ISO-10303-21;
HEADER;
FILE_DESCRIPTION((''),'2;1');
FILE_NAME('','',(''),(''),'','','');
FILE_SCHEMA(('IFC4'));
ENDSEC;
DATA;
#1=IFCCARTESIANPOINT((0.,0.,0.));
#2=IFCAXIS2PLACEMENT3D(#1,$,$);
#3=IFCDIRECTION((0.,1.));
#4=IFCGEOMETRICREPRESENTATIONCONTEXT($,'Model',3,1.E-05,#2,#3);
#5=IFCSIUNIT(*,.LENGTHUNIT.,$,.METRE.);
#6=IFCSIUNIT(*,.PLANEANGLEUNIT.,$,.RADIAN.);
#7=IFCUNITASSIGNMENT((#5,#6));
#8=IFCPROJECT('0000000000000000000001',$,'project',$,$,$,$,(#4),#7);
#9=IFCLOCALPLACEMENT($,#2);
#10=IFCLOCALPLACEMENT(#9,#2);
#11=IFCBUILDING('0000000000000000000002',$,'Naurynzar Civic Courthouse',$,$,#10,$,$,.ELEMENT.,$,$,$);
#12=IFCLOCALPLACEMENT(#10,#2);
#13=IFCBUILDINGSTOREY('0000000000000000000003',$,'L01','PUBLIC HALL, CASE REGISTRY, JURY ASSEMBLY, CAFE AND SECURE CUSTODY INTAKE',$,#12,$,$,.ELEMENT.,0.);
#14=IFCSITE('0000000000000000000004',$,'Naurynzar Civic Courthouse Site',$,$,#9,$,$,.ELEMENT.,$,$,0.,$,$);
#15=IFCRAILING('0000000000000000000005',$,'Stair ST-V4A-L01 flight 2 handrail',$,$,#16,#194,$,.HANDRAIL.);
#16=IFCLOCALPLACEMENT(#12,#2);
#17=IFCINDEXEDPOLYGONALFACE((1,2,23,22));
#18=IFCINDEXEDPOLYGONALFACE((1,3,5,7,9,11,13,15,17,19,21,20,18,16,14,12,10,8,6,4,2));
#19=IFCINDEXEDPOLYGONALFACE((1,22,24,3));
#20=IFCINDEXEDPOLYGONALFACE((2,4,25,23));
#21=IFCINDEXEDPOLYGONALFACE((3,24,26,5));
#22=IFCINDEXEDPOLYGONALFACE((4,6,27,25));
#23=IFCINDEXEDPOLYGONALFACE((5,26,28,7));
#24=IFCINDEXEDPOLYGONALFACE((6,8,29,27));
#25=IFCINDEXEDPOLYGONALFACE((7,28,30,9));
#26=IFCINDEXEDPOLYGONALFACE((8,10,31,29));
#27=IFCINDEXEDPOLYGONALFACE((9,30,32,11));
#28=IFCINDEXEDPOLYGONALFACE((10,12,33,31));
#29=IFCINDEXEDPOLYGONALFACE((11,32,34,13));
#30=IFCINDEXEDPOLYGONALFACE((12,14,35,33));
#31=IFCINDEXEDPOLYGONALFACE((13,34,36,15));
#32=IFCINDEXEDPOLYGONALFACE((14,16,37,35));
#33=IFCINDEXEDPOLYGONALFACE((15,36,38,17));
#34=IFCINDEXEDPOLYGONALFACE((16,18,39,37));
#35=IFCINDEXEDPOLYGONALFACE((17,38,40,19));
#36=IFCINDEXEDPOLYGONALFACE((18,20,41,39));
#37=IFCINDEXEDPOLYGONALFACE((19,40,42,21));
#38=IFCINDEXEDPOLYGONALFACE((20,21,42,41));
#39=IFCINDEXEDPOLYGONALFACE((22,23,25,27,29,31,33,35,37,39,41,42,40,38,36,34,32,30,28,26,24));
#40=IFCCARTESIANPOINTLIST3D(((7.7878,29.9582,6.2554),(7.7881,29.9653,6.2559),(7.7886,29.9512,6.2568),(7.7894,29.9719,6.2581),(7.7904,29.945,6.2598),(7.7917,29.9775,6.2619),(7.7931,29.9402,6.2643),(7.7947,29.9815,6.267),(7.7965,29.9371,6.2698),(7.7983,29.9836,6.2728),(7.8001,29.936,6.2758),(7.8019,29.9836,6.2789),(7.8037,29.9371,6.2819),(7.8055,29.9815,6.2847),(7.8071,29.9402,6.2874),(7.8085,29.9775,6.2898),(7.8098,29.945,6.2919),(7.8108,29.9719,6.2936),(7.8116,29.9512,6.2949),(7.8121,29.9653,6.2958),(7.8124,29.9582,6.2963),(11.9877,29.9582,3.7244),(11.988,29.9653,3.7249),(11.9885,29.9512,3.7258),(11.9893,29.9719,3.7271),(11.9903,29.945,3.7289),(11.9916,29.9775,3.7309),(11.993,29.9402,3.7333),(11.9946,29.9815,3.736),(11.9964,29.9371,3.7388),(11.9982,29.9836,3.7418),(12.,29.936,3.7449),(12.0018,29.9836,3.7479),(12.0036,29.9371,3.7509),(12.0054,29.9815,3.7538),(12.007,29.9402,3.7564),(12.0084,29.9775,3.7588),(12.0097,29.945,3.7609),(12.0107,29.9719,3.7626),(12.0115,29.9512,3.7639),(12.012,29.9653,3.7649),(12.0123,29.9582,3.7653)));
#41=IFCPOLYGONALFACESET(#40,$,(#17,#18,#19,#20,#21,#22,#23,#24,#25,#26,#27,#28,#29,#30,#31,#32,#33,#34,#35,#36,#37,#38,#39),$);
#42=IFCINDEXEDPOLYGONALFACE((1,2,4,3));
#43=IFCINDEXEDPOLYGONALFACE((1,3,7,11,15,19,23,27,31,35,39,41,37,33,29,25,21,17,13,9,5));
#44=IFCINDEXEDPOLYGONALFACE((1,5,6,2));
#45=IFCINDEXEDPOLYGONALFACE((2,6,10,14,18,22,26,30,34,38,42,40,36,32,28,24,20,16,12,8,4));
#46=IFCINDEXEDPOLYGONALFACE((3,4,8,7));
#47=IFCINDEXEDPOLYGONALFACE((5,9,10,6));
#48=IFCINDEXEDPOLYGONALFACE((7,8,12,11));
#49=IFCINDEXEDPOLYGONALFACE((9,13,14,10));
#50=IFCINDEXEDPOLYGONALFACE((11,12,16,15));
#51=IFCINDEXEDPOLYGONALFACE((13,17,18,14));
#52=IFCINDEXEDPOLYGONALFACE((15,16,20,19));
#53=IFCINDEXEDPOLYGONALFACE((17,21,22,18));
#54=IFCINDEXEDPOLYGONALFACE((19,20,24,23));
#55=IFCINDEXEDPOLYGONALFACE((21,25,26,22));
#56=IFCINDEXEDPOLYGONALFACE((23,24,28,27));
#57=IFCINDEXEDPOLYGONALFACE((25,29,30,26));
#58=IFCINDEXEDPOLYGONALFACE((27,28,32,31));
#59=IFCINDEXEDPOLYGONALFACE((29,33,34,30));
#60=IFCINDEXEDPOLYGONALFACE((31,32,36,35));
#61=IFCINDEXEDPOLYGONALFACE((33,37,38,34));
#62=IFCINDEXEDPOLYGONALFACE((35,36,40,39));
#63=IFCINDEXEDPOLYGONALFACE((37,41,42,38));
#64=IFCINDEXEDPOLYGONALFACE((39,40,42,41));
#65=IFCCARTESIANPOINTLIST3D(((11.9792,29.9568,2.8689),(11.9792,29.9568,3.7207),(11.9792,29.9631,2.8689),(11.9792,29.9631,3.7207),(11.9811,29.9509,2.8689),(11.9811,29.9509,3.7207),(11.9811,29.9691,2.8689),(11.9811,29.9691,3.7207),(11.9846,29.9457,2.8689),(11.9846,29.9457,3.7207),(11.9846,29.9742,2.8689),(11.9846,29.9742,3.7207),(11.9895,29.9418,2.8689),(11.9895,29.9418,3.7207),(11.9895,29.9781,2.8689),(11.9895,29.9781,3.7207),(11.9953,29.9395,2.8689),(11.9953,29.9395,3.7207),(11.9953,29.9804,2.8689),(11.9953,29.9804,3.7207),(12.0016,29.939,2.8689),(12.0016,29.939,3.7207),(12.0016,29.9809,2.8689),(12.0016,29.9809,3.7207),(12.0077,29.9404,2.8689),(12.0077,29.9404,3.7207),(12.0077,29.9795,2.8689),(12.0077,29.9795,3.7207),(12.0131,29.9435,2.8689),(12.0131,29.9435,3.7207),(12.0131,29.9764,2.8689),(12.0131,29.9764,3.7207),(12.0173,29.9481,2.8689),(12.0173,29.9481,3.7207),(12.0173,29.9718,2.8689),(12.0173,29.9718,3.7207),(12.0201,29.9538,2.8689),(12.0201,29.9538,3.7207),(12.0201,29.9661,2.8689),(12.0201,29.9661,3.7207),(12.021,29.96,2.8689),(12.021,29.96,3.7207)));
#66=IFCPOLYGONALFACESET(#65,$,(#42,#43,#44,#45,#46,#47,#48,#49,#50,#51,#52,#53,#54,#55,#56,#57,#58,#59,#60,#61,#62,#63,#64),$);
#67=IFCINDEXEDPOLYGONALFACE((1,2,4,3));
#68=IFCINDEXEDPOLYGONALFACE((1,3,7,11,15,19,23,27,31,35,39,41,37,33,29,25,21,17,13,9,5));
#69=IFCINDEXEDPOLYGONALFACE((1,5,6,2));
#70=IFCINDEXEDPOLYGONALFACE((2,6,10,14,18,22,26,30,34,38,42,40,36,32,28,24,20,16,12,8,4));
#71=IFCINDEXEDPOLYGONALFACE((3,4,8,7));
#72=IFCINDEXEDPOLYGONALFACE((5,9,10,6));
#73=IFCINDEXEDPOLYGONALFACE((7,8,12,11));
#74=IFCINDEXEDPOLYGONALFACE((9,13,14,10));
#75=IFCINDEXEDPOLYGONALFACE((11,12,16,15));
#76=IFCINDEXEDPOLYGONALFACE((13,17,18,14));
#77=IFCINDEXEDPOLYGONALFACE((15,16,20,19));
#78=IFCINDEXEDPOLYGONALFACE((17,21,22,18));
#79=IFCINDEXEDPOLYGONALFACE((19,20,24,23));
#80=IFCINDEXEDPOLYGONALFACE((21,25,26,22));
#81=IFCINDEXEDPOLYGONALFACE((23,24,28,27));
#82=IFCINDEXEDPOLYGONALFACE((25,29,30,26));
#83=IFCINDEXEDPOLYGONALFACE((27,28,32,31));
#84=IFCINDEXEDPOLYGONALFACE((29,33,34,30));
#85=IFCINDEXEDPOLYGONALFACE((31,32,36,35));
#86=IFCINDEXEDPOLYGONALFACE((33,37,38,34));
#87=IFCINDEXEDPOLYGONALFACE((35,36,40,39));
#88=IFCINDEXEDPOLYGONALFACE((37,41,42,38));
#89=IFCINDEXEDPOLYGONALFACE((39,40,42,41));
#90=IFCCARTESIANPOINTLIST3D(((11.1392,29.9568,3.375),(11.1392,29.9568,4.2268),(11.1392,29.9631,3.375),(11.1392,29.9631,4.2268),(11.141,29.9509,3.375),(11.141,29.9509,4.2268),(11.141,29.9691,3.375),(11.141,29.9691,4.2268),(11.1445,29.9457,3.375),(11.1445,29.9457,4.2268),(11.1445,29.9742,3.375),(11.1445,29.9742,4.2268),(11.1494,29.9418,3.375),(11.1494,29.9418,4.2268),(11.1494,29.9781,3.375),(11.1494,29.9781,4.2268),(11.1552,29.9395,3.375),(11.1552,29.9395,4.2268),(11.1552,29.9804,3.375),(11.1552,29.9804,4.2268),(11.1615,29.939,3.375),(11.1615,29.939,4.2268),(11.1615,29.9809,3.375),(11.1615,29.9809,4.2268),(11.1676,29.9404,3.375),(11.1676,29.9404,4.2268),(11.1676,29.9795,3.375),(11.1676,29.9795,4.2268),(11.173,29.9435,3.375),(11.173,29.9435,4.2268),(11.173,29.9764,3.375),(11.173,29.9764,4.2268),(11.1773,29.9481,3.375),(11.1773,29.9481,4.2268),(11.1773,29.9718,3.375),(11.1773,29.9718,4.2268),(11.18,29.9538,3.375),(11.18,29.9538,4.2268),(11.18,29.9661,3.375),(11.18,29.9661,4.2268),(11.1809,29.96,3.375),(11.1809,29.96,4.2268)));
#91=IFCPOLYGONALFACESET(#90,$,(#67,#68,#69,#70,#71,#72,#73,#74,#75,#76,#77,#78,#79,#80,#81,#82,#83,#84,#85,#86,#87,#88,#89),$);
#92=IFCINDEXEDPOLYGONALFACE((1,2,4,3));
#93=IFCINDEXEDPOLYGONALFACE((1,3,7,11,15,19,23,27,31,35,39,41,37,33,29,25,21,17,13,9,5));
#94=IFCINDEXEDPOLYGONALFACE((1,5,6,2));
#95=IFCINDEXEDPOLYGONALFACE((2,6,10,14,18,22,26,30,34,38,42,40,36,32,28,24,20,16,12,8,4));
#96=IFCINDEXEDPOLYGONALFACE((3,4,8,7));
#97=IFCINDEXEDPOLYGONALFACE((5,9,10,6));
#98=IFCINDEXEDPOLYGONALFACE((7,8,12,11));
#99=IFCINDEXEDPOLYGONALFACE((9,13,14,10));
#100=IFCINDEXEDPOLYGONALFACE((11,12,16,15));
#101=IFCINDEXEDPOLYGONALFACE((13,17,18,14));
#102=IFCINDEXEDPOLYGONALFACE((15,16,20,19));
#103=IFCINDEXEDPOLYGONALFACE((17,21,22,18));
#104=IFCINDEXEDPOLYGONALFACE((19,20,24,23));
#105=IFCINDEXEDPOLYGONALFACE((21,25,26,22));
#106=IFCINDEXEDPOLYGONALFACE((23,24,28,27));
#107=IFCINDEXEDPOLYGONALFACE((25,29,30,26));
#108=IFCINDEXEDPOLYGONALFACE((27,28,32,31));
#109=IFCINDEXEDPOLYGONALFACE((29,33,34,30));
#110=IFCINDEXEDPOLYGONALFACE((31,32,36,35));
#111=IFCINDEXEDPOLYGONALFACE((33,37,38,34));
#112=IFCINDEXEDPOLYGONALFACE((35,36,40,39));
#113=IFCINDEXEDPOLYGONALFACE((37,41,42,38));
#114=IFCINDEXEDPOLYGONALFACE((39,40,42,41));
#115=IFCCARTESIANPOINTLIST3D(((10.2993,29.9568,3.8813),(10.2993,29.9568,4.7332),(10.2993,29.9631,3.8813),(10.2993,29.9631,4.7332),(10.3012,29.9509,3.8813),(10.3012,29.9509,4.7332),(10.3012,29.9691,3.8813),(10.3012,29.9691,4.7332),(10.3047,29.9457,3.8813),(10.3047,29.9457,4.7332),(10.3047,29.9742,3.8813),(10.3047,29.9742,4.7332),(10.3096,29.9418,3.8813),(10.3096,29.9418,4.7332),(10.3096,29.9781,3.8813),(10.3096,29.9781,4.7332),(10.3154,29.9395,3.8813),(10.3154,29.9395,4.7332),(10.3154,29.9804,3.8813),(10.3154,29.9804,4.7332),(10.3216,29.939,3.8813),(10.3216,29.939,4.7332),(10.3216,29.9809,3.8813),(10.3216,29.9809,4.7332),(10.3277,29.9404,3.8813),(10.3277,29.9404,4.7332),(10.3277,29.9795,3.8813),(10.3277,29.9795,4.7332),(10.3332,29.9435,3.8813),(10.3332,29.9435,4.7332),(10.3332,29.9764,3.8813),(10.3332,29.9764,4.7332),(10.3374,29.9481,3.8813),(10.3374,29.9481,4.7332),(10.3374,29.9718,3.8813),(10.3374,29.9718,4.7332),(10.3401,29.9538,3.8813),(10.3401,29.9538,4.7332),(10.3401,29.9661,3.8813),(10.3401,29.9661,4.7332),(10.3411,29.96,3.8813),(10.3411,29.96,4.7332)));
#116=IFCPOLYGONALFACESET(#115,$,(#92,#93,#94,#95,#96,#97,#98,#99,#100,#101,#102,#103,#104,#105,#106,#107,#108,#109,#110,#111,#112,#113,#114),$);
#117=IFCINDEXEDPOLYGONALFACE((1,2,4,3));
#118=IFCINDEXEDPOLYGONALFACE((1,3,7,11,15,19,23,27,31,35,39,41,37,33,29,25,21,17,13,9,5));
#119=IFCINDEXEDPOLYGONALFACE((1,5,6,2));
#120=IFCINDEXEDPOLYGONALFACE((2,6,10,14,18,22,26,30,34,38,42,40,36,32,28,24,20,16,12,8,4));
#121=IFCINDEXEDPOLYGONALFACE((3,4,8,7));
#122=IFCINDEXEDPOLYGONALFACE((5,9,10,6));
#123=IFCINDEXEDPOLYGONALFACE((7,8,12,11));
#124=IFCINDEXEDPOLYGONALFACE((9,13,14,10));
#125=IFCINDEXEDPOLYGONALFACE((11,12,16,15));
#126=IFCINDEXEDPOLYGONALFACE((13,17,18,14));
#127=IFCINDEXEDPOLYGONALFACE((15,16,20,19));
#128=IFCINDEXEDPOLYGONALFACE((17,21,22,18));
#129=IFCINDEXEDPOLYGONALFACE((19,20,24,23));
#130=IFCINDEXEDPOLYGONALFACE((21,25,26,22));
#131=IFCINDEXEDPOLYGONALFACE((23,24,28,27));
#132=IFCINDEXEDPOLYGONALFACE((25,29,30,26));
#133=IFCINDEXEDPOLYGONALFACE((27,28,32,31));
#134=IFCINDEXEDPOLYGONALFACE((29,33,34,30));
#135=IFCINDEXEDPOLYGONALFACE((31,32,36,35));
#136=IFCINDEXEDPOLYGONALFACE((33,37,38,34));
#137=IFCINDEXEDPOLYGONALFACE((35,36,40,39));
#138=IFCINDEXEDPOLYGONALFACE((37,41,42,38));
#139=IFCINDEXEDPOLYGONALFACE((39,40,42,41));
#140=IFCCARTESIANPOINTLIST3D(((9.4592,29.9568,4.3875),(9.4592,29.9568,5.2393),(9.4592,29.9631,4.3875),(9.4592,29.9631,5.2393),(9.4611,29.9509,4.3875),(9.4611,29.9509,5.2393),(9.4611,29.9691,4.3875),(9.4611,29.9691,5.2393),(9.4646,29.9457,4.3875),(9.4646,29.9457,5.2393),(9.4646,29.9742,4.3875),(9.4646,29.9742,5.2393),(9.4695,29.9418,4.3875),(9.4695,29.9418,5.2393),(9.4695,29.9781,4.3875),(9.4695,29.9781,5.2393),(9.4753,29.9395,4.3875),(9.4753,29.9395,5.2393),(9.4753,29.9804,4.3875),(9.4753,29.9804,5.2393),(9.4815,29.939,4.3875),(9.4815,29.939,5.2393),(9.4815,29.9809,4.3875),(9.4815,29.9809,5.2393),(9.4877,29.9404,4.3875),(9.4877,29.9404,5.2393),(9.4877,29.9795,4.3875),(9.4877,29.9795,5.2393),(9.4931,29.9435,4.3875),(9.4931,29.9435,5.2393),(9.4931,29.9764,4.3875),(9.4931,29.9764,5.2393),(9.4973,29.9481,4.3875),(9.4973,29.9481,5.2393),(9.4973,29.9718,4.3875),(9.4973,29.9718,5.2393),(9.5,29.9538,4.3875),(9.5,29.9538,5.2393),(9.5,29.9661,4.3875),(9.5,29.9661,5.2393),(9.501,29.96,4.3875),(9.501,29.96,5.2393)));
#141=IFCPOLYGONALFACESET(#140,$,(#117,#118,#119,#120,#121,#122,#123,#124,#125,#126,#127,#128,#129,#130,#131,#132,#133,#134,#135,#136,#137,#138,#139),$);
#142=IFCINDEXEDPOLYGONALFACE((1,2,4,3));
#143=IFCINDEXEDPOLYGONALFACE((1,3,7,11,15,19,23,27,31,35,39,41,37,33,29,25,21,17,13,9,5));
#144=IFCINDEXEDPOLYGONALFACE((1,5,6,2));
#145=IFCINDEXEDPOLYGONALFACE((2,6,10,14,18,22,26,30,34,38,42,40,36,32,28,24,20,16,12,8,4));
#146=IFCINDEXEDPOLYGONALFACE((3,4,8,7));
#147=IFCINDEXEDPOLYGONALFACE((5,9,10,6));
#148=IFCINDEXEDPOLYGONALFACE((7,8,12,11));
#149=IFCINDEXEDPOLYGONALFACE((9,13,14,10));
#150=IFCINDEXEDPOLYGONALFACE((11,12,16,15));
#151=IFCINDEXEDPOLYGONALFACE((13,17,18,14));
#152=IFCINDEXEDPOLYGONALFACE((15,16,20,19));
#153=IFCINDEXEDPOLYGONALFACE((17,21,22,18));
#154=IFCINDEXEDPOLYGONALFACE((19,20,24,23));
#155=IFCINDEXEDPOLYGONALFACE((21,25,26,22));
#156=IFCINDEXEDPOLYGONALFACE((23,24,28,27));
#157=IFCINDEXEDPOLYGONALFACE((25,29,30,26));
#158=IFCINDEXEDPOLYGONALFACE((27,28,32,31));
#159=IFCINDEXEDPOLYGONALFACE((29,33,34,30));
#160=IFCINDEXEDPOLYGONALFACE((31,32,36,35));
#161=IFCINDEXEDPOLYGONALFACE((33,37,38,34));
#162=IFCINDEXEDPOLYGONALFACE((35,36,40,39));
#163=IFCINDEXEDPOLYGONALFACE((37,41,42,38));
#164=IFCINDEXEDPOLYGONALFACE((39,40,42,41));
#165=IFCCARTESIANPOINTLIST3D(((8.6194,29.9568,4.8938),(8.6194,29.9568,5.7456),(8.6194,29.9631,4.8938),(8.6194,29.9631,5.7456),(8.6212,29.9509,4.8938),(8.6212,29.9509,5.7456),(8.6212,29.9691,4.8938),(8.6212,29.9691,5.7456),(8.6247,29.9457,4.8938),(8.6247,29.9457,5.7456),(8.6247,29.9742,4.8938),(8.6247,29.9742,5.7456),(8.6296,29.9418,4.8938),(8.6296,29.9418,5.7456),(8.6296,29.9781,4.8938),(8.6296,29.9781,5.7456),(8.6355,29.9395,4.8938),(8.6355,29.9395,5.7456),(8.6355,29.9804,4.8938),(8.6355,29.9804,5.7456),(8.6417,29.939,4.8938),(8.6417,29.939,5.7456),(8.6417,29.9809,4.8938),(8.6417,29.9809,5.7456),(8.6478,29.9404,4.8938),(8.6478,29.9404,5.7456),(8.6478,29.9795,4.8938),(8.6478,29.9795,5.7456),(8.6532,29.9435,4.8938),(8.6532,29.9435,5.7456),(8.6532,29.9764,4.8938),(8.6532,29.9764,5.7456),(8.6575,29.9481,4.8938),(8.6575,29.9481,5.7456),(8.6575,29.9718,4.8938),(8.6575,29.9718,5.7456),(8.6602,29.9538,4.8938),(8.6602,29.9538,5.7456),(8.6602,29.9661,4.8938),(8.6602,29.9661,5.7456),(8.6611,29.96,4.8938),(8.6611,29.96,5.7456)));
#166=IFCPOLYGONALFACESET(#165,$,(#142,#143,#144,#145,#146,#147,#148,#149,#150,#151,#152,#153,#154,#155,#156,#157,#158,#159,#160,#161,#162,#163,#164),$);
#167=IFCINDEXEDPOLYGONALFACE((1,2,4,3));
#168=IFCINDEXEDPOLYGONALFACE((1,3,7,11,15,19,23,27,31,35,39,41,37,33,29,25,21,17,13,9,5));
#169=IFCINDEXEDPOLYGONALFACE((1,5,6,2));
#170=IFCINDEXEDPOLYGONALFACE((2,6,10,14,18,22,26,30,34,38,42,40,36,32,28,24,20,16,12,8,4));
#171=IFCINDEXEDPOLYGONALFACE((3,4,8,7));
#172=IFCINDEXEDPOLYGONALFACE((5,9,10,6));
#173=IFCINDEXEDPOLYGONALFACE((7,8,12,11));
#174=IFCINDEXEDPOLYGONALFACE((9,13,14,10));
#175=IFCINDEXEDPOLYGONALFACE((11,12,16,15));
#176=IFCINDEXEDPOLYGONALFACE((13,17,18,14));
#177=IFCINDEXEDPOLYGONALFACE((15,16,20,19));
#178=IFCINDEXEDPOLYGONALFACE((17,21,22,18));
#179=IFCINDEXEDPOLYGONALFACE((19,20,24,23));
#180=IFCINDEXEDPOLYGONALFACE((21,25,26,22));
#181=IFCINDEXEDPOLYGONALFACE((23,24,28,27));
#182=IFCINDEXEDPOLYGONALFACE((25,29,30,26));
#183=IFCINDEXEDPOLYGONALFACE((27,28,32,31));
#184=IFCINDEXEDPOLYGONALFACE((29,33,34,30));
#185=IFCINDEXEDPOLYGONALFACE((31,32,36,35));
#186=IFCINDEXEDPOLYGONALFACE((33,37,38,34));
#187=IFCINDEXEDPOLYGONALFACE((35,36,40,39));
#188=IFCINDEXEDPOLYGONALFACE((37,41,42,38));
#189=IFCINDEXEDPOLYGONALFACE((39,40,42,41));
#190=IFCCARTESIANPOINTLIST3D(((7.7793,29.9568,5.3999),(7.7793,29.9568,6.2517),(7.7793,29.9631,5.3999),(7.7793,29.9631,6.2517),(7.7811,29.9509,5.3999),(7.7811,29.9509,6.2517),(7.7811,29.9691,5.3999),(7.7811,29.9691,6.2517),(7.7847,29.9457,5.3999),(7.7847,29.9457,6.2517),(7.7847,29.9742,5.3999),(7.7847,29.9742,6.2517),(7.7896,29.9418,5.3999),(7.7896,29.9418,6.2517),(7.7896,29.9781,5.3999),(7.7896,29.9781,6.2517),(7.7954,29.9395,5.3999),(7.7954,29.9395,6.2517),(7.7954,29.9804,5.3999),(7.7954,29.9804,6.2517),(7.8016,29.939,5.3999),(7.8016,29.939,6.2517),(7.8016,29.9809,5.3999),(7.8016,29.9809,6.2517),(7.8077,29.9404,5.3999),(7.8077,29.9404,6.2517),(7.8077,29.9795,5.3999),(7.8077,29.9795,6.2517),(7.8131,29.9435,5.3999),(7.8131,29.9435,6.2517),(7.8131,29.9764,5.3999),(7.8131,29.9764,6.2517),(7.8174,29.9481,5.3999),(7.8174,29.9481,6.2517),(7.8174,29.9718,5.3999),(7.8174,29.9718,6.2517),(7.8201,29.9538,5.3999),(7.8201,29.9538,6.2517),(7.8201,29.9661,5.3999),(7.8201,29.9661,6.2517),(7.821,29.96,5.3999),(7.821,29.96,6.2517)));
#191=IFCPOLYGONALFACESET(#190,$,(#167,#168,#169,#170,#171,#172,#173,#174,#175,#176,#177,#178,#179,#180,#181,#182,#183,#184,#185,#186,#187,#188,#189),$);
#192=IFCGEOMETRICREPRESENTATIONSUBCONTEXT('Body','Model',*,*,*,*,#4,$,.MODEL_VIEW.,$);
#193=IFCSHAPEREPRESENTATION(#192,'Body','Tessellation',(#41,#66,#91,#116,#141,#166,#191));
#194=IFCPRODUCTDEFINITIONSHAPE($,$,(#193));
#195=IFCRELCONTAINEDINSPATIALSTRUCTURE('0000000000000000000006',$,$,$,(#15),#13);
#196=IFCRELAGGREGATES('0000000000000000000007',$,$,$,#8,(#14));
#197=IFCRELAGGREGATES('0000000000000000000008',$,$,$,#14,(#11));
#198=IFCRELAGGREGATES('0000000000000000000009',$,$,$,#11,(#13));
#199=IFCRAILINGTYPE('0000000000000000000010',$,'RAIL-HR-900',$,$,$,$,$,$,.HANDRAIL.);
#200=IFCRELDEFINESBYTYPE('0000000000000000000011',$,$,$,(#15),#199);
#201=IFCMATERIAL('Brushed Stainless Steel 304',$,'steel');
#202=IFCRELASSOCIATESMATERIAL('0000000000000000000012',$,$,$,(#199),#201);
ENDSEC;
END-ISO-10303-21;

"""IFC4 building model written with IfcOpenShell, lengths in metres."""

from ifc_helpers import new_model, si_unit, direction, frame, origin, origin_2d, place, context, subcontext, project, spatial, circle, extrude, material, type_object, element, save


model = new_model("IFC4")

# Units and contexts
model_context = context("Model", 3, precision=1e-05, world=origin(), true_north=direction((0.0, 1.0)))
body_context = subcontext(model_context, "Body", "Model", "MODEL_VIEW")
ifc_project = project(units=[si_unit("LENGTHUNIT", "METRE"), si_unit("PLANEANGLEUNIT", "RADIAN")], contexts=[model_context])

# Site, building, storey
site_placement = place(None, origin())
site = spatial("IfcSite", under=ifc_project, at=site_placement, Name="Naurynzar Civic Courthouse Site", CompositionType="ELEMENT", RefElevation=0.0)
building_placement = place(site_placement, origin())
building = spatial("IfcBuilding", under=site, at=building_placement, Name="Naurynzar Civic Courthouse", CompositionType="ELEMENT")
storey_placement = place(building_placement, origin())
storey = spatial("IfcBuildingStorey", under=building, at=storey_placement, Name="L01", Description="PUBLIC HALL, CASE REGISTRY, JURY ASSEMBLY, CAFE AND SECURE CUSTODY INTAKE", CompositionType="ELEMENT", Elevation=0.0)

# Railing
ifc_material_1 = material(Name="Brushed Stainless Steel 304", Category="steel")
railing_type_1 = type_object("IfcRailingType", Name="RAIL-HR-900", PredefinedType="HANDRAIL", material=ifc_material_1)
railing_1_placement = place(storey_placement, frame((12.0, 29.96, 2.8689)))
element("IfcRailing", 1, at=railing_1_placement, inside=storey, type_object=railing_type_1, Name="Stair ST-V4A-L01 flight 2 handrail", PredefinedType="HANDRAIL", context=body_context, shape_type="SweptSolid", body=[
    extrude(circle(Radius=0.0239, at=origin_2d()), frame((0.0, 0.0, 0.876), z_axis=(-0.856499, 0.0, 0.51615), x_axis=(0.0, -1.0, 0.0)), (0.0, 0.0, 1.0), 4.9036),
    extrude(circle(Radius=0.021, at=origin_2d()), origin(), (0.0, 0.0, 1.0), 0.8518),
    extrude(circle(Radius=0.021, at=origin_2d()), frame((-0.8401, 0.0, 0.5061)), (0.0, 0.0, 1.0), 0.8518),
    extrude(circle(Radius=0.021, at=origin_2d()), frame((-1.6799, 0.0, 1.0125)), (0.0, 0.0, 1.0), 0.8518),
    extrude(circle(Radius=0.021, at=origin_2d()), frame((-2.52, 0.0, 1.5186)), (0.0, 0.0, 1.0), 0.8518),
    extrude(circle(Radius=0.021, at=origin_2d()), frame((-3.3599, 0.0, 2.0249)), (0.0, 0.0, 1.0), 0.8518),
    extrude(circle(Radius=0.021, at=origin_2d()), frame((-4.2, 0.0, 2.531)), (0.0, 0.0, 1.0), 0.8518),
])

save(model, "model.ifc")
